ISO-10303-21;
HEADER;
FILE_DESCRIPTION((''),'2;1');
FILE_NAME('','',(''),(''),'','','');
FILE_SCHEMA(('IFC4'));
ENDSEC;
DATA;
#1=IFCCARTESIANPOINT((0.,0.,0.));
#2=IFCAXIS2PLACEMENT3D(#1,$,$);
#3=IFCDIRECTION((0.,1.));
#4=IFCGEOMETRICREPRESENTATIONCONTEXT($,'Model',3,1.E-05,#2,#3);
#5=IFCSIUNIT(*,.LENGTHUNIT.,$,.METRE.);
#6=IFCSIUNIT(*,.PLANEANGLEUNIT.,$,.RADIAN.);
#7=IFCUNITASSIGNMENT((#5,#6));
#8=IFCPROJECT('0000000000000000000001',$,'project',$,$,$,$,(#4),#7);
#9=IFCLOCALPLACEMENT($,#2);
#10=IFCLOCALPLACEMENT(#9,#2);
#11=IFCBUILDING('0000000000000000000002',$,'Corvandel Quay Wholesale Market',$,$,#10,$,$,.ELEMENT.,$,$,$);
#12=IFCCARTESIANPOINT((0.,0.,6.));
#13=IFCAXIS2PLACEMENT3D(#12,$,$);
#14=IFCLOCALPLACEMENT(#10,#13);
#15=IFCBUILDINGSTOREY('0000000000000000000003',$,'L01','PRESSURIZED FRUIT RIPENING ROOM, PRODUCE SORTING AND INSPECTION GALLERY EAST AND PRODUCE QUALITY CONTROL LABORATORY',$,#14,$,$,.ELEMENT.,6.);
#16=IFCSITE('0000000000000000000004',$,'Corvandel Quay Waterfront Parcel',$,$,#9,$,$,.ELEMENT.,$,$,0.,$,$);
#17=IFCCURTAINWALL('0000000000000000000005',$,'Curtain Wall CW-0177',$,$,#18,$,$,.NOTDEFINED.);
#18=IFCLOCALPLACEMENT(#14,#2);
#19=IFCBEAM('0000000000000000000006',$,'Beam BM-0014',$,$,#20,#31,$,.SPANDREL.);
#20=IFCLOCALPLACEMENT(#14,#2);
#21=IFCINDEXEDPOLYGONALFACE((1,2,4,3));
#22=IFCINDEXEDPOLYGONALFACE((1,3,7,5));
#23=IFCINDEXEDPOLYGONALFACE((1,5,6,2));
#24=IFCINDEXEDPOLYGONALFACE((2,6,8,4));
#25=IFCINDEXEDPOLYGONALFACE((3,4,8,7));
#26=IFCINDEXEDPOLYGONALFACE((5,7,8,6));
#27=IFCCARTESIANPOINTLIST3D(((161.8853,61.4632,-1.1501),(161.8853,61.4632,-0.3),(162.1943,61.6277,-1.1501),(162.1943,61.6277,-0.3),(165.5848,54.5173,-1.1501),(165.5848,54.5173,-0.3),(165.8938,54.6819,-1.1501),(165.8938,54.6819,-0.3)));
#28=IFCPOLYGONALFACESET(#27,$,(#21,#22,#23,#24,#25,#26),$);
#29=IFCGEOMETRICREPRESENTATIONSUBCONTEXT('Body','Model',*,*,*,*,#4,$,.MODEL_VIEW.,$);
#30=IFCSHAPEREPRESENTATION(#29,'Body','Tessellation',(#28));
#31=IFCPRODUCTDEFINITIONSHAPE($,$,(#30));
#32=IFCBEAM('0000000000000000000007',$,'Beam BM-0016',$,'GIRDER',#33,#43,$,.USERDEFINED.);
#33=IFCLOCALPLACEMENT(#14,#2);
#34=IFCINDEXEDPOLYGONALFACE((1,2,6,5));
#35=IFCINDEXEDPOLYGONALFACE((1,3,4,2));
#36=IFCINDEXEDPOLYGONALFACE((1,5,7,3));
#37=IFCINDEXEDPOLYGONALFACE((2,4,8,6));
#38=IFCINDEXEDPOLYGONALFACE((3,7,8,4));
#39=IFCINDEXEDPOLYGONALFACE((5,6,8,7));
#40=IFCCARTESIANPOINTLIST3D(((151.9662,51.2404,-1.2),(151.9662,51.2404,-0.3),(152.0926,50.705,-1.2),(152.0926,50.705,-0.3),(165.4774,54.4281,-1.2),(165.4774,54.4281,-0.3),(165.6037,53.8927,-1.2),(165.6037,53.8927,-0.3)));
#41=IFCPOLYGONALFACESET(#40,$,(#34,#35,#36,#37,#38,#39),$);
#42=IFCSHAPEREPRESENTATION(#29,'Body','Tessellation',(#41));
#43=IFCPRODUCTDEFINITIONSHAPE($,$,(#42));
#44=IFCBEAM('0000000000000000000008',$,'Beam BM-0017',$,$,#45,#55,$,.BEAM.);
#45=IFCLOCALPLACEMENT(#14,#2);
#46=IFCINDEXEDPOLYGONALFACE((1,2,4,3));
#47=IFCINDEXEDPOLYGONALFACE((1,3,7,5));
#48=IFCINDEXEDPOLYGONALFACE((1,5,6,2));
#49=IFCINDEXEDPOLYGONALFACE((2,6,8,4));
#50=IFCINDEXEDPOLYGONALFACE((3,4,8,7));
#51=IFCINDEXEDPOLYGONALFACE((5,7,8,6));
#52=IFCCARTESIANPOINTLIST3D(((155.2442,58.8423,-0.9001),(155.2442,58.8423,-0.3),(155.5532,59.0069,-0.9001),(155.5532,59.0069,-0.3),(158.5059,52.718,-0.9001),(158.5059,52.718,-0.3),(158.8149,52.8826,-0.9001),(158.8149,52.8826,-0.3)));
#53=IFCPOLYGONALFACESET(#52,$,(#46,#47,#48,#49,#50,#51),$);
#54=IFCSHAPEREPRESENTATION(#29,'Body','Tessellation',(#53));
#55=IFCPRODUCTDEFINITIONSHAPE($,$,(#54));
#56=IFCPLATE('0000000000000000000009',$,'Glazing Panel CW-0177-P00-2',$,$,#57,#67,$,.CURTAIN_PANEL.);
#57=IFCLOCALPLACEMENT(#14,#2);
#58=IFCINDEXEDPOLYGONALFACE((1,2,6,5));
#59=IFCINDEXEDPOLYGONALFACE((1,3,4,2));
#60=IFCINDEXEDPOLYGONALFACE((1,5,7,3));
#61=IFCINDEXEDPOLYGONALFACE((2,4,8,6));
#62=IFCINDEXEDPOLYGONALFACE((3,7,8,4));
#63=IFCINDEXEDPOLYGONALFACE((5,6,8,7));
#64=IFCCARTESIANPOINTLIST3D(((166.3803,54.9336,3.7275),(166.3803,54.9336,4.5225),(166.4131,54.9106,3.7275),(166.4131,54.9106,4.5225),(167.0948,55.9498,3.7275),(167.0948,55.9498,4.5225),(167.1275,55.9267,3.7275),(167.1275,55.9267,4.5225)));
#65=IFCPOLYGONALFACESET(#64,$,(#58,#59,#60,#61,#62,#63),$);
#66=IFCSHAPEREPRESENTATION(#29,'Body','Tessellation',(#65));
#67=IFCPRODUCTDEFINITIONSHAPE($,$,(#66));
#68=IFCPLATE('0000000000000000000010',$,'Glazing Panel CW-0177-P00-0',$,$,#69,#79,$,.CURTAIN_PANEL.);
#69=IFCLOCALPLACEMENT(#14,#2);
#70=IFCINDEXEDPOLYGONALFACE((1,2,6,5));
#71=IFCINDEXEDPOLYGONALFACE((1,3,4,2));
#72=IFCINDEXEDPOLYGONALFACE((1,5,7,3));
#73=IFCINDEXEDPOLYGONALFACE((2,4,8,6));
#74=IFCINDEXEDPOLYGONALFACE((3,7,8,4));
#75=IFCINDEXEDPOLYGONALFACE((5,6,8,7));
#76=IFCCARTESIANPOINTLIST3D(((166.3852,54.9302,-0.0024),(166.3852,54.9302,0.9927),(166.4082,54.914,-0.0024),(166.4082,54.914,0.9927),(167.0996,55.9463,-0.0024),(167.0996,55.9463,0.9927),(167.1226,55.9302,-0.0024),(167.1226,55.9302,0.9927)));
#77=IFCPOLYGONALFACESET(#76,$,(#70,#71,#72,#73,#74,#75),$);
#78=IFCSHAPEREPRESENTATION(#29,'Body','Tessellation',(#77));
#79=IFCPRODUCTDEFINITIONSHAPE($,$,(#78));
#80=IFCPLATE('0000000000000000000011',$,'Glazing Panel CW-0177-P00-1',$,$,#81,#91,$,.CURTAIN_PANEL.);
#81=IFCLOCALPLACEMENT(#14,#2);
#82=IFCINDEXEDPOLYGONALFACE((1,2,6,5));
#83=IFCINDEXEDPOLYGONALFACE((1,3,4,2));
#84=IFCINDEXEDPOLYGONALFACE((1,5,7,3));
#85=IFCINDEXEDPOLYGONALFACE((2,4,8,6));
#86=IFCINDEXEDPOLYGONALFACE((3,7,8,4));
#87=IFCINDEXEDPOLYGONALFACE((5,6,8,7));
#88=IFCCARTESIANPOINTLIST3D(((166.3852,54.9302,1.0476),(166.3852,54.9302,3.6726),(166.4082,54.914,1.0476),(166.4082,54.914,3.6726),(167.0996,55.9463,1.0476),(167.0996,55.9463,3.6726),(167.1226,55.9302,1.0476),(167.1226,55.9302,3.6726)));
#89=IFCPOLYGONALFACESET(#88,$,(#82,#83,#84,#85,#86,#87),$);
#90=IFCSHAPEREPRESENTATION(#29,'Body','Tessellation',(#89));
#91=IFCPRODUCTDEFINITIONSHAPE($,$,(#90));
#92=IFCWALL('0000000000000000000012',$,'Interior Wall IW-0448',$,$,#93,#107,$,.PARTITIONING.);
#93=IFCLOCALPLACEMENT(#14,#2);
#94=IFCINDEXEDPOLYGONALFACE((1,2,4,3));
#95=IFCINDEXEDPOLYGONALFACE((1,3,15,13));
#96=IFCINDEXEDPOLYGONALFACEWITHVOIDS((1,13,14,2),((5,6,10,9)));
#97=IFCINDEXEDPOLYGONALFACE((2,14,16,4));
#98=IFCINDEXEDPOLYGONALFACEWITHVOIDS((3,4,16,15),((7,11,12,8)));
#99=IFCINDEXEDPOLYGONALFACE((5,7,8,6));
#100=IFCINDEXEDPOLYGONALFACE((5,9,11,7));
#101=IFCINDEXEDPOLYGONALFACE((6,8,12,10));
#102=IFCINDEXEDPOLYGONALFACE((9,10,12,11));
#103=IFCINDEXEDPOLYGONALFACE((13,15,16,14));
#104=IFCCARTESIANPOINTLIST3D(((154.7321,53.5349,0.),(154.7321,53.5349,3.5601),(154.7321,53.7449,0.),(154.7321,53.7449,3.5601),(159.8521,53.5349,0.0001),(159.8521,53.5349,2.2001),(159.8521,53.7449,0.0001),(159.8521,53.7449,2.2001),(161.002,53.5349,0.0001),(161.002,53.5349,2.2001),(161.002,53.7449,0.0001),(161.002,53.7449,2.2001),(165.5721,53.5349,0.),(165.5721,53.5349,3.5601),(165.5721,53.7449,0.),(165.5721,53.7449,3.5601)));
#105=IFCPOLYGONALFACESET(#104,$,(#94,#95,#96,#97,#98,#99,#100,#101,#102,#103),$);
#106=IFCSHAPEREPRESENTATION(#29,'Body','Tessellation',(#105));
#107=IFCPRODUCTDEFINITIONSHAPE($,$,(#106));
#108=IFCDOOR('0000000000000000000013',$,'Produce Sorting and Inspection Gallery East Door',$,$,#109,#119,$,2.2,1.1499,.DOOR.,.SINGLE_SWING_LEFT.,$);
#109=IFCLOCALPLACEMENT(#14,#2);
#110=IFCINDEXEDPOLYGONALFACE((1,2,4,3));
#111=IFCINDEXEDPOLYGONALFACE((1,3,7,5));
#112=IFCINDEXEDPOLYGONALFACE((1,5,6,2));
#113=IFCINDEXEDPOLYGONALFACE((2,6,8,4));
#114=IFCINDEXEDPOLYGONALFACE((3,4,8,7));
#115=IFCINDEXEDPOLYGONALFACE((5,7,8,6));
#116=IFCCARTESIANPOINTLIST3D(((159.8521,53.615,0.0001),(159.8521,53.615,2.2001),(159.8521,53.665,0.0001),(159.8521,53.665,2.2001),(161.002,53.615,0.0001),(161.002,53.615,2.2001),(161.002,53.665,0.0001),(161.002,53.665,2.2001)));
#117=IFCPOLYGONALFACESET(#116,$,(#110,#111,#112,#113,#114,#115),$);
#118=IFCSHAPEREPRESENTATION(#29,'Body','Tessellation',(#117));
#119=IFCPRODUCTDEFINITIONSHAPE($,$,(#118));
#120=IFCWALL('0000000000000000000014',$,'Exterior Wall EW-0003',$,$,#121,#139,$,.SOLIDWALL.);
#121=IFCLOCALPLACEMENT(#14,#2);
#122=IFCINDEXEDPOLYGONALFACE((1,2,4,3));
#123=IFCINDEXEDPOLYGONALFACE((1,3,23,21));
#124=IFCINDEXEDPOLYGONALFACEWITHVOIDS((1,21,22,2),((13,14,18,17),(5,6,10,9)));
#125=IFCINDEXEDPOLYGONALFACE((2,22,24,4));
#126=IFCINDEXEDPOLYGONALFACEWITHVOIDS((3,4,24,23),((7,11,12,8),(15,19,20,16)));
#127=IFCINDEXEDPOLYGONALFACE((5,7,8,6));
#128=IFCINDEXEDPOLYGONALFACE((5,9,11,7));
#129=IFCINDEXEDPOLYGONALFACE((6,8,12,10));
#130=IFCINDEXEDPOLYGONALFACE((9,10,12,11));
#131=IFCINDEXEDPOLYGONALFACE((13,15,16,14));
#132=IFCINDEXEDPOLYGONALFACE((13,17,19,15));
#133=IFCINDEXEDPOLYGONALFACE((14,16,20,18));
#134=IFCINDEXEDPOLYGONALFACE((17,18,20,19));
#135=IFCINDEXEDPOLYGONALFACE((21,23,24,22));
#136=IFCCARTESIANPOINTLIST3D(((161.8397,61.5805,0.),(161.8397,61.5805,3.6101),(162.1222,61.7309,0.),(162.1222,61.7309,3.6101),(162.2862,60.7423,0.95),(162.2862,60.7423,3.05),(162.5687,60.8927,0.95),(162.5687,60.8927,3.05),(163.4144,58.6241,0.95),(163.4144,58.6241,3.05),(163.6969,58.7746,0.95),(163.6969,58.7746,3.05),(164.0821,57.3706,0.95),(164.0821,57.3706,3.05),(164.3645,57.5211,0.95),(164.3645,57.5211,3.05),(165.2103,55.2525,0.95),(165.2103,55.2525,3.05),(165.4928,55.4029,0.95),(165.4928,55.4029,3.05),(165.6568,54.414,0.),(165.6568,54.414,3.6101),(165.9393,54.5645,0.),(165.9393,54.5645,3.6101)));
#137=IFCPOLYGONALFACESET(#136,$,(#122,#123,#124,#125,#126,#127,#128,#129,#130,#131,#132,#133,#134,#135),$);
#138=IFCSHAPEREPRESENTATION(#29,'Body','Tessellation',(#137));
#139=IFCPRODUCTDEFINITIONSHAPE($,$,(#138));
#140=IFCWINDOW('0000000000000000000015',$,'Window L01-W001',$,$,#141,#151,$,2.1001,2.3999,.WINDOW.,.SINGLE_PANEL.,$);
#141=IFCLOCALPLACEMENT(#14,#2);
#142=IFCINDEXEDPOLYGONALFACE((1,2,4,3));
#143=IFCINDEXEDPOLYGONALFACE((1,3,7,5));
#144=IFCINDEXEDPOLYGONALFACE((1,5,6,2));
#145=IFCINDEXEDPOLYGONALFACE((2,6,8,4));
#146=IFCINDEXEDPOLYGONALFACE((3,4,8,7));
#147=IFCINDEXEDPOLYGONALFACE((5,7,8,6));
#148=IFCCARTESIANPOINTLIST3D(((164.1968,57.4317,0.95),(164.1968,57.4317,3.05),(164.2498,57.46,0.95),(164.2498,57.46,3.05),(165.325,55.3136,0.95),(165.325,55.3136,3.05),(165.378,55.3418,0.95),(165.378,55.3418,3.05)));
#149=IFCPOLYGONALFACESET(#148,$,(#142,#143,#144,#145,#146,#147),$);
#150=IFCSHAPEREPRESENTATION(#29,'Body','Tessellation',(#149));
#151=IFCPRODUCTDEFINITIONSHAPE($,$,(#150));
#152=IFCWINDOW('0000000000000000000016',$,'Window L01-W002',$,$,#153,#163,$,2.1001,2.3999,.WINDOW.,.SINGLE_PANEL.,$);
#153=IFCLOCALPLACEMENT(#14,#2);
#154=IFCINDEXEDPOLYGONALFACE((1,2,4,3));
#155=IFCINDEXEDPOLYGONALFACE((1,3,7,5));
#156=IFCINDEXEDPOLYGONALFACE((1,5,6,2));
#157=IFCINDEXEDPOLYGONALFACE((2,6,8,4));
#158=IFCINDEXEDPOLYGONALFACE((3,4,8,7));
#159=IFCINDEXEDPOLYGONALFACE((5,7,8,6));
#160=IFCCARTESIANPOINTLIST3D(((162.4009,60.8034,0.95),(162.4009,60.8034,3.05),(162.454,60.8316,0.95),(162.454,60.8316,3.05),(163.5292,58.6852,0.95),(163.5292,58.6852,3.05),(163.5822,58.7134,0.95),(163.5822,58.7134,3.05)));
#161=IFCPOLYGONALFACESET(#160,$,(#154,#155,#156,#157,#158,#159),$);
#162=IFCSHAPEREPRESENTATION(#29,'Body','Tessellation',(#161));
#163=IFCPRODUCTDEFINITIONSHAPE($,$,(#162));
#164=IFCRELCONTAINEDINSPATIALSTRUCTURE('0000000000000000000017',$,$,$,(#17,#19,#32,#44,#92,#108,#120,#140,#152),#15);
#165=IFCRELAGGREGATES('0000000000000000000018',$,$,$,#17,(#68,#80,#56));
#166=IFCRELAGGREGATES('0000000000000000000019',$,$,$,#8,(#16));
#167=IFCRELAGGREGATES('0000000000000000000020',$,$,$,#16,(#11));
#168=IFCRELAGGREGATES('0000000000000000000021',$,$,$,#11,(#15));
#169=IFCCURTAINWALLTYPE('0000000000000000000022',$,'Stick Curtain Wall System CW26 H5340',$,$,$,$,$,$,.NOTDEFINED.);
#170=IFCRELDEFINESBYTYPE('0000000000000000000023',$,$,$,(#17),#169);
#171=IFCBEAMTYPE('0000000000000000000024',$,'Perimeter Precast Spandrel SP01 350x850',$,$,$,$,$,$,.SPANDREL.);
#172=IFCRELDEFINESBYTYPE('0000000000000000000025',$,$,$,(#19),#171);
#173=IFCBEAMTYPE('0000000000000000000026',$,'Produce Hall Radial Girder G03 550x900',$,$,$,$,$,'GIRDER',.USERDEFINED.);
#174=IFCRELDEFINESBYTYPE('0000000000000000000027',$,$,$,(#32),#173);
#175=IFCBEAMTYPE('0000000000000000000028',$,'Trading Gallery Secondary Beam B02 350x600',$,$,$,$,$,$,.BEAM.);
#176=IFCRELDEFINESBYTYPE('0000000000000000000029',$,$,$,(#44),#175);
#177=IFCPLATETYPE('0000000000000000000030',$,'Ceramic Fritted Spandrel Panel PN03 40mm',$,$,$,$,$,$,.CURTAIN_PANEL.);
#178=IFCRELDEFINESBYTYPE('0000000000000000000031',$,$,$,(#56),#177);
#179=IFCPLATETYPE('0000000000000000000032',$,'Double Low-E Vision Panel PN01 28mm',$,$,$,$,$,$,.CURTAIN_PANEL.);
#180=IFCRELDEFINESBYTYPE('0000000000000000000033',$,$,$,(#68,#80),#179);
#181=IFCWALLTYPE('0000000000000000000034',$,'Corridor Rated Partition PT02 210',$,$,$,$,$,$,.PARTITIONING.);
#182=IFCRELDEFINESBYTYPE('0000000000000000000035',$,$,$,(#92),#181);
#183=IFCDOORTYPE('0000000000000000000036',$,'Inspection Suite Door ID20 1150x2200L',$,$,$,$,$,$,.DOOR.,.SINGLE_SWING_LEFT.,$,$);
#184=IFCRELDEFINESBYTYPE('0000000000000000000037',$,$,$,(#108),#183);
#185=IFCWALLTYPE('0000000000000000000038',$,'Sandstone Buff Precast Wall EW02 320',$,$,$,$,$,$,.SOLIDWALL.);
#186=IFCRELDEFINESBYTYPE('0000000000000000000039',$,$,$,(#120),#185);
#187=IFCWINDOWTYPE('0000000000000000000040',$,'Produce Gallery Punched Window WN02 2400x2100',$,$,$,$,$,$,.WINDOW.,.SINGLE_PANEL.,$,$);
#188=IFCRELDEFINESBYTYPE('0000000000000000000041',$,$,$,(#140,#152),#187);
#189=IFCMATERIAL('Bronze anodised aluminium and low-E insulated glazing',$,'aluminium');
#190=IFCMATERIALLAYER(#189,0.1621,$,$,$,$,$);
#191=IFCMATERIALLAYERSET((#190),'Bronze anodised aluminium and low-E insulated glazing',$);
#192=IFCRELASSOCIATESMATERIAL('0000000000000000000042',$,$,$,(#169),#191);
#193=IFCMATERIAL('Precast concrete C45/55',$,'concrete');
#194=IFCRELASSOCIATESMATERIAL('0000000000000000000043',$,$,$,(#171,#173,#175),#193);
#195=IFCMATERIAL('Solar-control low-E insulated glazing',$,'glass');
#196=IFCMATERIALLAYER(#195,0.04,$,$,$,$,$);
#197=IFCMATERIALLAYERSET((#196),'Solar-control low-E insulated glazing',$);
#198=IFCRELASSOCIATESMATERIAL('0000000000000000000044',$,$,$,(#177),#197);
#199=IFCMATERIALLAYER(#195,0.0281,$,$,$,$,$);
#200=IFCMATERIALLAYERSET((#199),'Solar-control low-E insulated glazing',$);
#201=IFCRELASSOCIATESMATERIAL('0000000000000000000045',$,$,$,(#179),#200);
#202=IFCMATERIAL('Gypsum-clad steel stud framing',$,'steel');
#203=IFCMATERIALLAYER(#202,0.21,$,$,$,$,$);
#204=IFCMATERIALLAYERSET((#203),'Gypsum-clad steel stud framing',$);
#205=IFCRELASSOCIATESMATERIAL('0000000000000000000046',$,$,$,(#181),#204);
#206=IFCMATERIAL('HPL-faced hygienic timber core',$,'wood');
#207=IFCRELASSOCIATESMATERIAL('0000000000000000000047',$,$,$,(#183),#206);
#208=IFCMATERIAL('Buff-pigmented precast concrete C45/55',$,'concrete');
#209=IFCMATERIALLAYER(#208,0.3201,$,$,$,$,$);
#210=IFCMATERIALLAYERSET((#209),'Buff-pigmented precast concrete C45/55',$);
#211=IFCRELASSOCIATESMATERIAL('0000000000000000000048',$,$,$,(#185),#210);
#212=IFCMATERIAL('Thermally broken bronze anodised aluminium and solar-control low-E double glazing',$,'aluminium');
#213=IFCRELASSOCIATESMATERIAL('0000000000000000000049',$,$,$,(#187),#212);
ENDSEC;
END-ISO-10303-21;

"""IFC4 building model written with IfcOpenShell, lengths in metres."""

from ifc_helpers import new_model, si_unit, direction, frame, frame_2d, origin, origin_2d, place, context, subcontext, project, spatial, rectangle, extrude, material, layer, layer_set, material_profile, profile_set, type_object, element, fill, aggregate, save


model = new_model("IFC4")

# Units and contexts
model_context = context("Model", 3, precision=1e-05, world=origin(), true_north=direction((0.0, 1.0)))
body_context = subcontext(model_context, "Body", "Model", "MODEL_VIEW")
ifc_project = project(units=[si_unit("LENGTHUNIT", "METRE"), si_unit("PLANEANGLEUNIT", "RADIAN")], contexts=[model_context])

# Site, building, storey
site_placement = place(None, origin())
site = spatial("IfcSite", under=ifc_project, at=site_placement, Name="Corvandel Quay Waterfront Parcel", CompositionType="ELEMENT", RefElevation=0.0)
building_placement = place(site_placement, origin())
building = spatial("IfcBuilding", under=site, at=building_placement, Name="Corvandel Quay Wholesale Market", CompositionType="ELEMENT")
storey_placement = place(building_placement, frame((0.0, 0.0, 6.0)))
storey = spatial("IfcBuildingStorey", under=building, at=storey_placement, Name="L01", Description="PRESSURIZED FRUIT RIPENING ROOM, PRODUCE SORTING AND INSPECTION GALLERY EAST AND PRODUCE QUALITY CONTROL LABORATORY", CompositionType="ELEMENT", Elevation=6.0)

# Shared definitions
ifc_material_1 = material(Name="Precast concrete C45/55", Category="concrete")

# Curtain wall
ifc_material_2 = material(Name="Bronze anodised aluminium and low-E insulated glazing", Category="aluminium")
ifc_layer_1 = layer(ifc_material_2, 0.1621)
ifc_layer_set_1 = layer_set([ifc_layer_1], Name="Bronze anodised aluminium and low-E insulated glazing")
curtain_wall_type_1 = type_object("IfcCurtainWallType", Name="Stick Curtain Wall System CW26 H5340", PredefinedType="NOTDEFINED", material=ifc_layer_set_1)
curtain_wall_1_placement = place(storey_placement, origin())
curtain_wall_1 = element("IfcCurtainWall", 1, at=curtain_wall_1_placement, inside=storey, type_object=curtain_wall_type_1, Name="Curtain Wall CW-0177", PredefinedType="NOTDEFINED")

# Beams
ifc_material_profile_1 = material_profile(ifc_material_1, rectangle(XDim=0.3501, YDim=0.8501, at=origin_2d()), Name="PC-SPN-350x850")
ifc_profile_set_1 = profile_set([ifc_material_profile_1], Name="Precast concrete C45/55")
beam_type_1 = type_object("IfcBeamType", Name="Perimeter Precast Spandrel SP01 350x850", PredefinedType="SPANDREL", material=ifc_profile_set_1)
beam_1_placement = place(storey_placement, frame((165.7393, 54.5996, -0.7251), z_axis=(-0.470097, 0.882615, 0.0), x_axis=(-0.882615, -0.470097, 0.0)))
element("IfcBeam", 2, at=beam_1_placement, inside=storey, type_object=beam_type_1, Name="Beam BM-0014", PredefinedType="SPANDREL", context=body_context, shape_type="SweptSolid", body=[
    extrude(rectangle(XDim=0.3501, YDim=0.8501, at=origin_2d()), origin(), (0.0, 0.0, 1.0), 7.8696),
])
ifc_material_profile_2 = material_profile(ifc_material_1, rectangle(XDim=0.55, YDim=0.8999, at=origin_2d()), Name="PC-GIR-550x900")
ifc_profile_set_2 = profile_set([ifc_material_profile_2], Name="Precast concrete C45/55")
beam_type_2 = type_object("IfcBeamType", Name="Produce Hall Radial Girder G03 550x900", ElementType="GIRDER", PredefinedType="USERDEFINED", material=ifc_profile_set_2)
beam_2_placement = place(storey_placement, frame((165.5405, 54.1604, -0.75), z_axis=(-0.973278, -0.229628, 0.0), x_axis=(0.229628, -0.973278, 0.0)))
element("IfcBeam", 3, at=beam_2_placement, inside=storey, type_object=beam_type_2, Name="Beam BM-0016", ObjectType="GIRDER", PredefinedType="USERDEFINED", context=body_context, shape_type="SweptSolid", body=[
    extrude(rectangle(XDim=0.55, YDim=0.8999, at=origin_2d()), origin(), (0.0, 0.0, 1.0), 13.8821),
])
ifc_material_profile_3 = material_profile(ifc_material_1, rectangle(XDim=0.3501, YDim=0.6001, at=origin_2d()), Name="PC-BM-350x600")
ifc_profile_set_3 = profile_set([ifc_material_profile_3], Name="Precast concrete C45/55")
beam_type_3 = type_object("IfcBeamType", Name="Trading Gallery Secondary Beam B02 350x600", PredefinedType="BEAM", material=ifc_profile_set_3)
beam_3_placement = place(storey_placement, frame((158.6604, 52.8003, -0.6001), z_axis=(-0.470077, 0.882626, 0.0), x_axis=(-0.882626, -0.470077, 0.0)))
element("IfcBeam", 4, at=beam_3_placement, inside=storey, type_object=beam_type_3, Name="Beam BM-0017", PredefinedType="BEAM", context=body_context, shape_type="SweptSolid", body=[
    extrude(rectangle(XDim=0.3501, YDim=0.6001, at=origin_2d()), origin(), (0.0, 0.0, 1.0), 6.9387),
])

# Plates
ifc_material_3 = material(Name="Solar-control low-E insulated glazing", Category="glass")
ifc_layer_2 = layer(ifc_material_3, 0.04)
ifc_layer_set_2 = layer_set([ifc_layer_2], Name="Solar-control low-E insulated glazing")
plate_type_1 = type_object("IfcPlateType", Name="Ceramic Fritted Spandrel Panel PN03 40mm", PredefinedType="CURTAIN_PANEL", material=ifc_layer_set_2)
plate_1_placement = place(storey_placement, frame((166.7539, 55.4302, 3.7275), z_axis=(0.0, 0.0, 1.0), x_axis=(0.575148, 0.818049, 0.0)))
plate_1 = element("IfcPlate", 5, at=plate_1_placement, type_object=plate_type_1, Name="Glazing Panel CW-0177-P00-2", PredefinedType="CURTAIN_PANEL", context=body_context, shape_type="SweptSolid", body=[
    extrude(rectangle(XDim=1.2422, YDim=0.04, at=origin_2d()), origin(), (0.0, 0.0, 1.0), 0.7949),
])
ifc_layer_3 = layer(ifc_material_3, 0.0281)
ifc_layer_set_3 = layer_set([ifc_layer_3], Name="Solar-control low-E insulated glazing")
plate_type_2 = type_object("IfcPlateType", Name="Double Low-E Vision Panel PN01 28mm", PredefinedType="CURTAIN_PANEL", material=ifc_layer_set_3)
plate_2_placement = place(storey_placement, frame((166.7539, 55.4302, -0.0024), z_axis=(0.0, 0.0, 1.0), x_axis=(0.575148, 0.818049, 0.0)))
plate_2 = element("IfcPlate", 6, at=plate_2_placement, type_object=plate_type_2, Name="Glazing Panel CW-0177-P00-0", PredefinedType="CURTAIN_PANEL", context=body_context, shape_type="SweptSolid", body=[
    extrude(rectangle(XDim=1.2422, YDim=0.0281, at=origin_2d()), origin(), (0.0, 0.0, 1.0), 0.9951),
])
plate_3_placement = place(storey_placement, frame((166.7539, 55.4302, 1.0476), z_axis=(0.0, 0.0, 1.0), x_axis=(0.575148, 0.818049, 0.0)))
plate_3 = element("IfcPlate", 7, at=plate_3_placement, type_object=plate_type_2, Name="Glazing Panel CW-0177-P00-1", PredefinedType="CURTAIN_PANEL", context=body_context, shape_type="SweptSolid", body=[
    extrude(rectangle(XDim=1.2422, YDim=0.0281, at=origin_2d()), origin(), (0.0, 0.0, 1.0), 2.625),
])
aggregate(curtain_wall_1, [plate_2, plate_3, plate_1])

# Wall, opening, door
ifc_material_4 = material(Name="Gypsum-clad steel stud framing", Category="steel")
ifc_layer_4 = layer(ifc_material_4, 0.21)
ifc_layer_set_4 = layer_set([ifc_layer_4], Name="Gypsum-clad steel stud framing")
wall_type_1 = type_object("IfcWallType", Name="Corridor Rated Partition PT02 210", PredefinedType="PARTITIONING", material=ifc_layer_set_4)
wall_1_placement = place(storey_placement, frame((165.572, 53.6399, 0.0), z_axis=(0.0, 0.0, 1.0), x_axis=(-1.0, 0.0, 0.0)))
wall_1 = element("IfcWall", 8, at=wall_1_placement, inside=storey, type_object=wall_type_1, Name="Interior Wall IW-0448", PredefinedType="PARTITIONING", context=body_context, shape_type="SweptSolid", body=[
    extrude(rectangle(XDim=10.8401, YDim=0.21, at=frame_2d((5.4199, 0.0))), origin(), (0.0, 0.0, 1.0), 3.5601),
])
opening_1_placement = place(wall_1_placement, frame((4.5701, 0.0, 0.0)))
opening_1 = element("IfcOpeningElement", 9, at=opening_1_placement, cuts=wall_1, PredefinedType="OPENING", context=body_context, shape_type="SweptSolid", body=[
    extrude(rectangle(XDim=1.1499, YDim=2.2, at=frame_2d((0.575, 1.1001))), frame((0.0, 0.115, 0.0), z_axis=(0.0, -1.0, 0.0), x_axis=(1.0, 0.0, 0.0)), (0.0, 0.0, 1.0), 0.23),
])
ifc_material_5 = material(Name="HPL-faced hygienic timber core", Category="wood")
door_type = type_object("IfcDoorType", Name="Inspection Suite Door ID20 1150x2200L", OperationType="SINGLE_SWING_LEFT", PredefinedType="DOOR", material=ifc_material_5)
door_placement = place(opening_1_placement, origin())
door = element("IfcDoor", 10, at=door_placement, inside=storey, type_object=door_type, Name="Produce Sorting and Inspection Gallery East Door", OperationType="SINGLE_SWING_LEFT", OverallHeight=2.2, OverallWidth=1.1499, PredefinedType="DOOR", context=body_context, shape_type="SweptSolid", body=[
    extrude(rectangle(XDim=1.1499, YDim=2.2, at=frame_2d((0.575, 1.1001))), frame((0.0, 0.0249, 0.0), z_axis=(0.0, -1.0, 0.0), x_axis=(1.0, 0.0, 0.0)), (0.0, 0.0, 1.0), 0.05),
])
fill(opening_1, door)

# Wall, openings, windows
ifc_material_6 = material(Name="Buff-pigmented precast concrete C45/55", Category="concrete")
ifc_layer_5 = layer(ifc_material_6, 0.3201)
ifc_layer_set_5 = layer_set([ifc_layer_5], Name="Buff-pigmented precast concrete C45/55")
wall_type_2 = type_object("IfcWallType", Name="Sandstone Buff Precast Wall EW02 320", PredefinedType="SOLIDWALL", material=ifc_layer_set_5)
wall_2_placement = place(storey_placement, frame((165.7981, 54.4893, 0.0), z_axis=(0.0, 0.0, 1.0), x_axis=(-0.470109, 0.882608, 0.0)))
wall_2 = element("IfcWall", 11, at=wall_2_placement, inside=storey, type_object=wall_type_2, Name="Exterior Wall EW-0003", PredefinedType="SOLIDWALL", context=body_context, shape_type="SweptSolid", body=[
    extrude(rectangle(XDim=8.1196, YDim=0.3201, at=frame_2d((4.0598, 0.0))), origin(), (0.0, 0.0, 1.0), 3.6101),
])
opening_2_placement = place(wall_2_placement, frame((0.95, 0.0, 0.95)))
opening_2 = element("IfcOpeningElement", 12, at=opening_2_placement, cuts=wall_2, PredefinedType="OPENING", context=body_context, shape_type="SweptSolid", body=[
    extrude(rectangle(XDim=2.3999, YDim=2.1001, at=frame_2d((1.2, 1.05))), frame((0.0, 0.1699, 0.0), z_axis=(0.0, -1.0, 0.0), x_axis=(1.0, 0.0, 0.0)), (0.0, 0.0, 1.0), 0.3401),
])
opening_3_placement = place(wall_2_placement, frame((4.77, 0.0, 0.95)))
opening_3 = element("IfcOpeningElement", 13, at=opening_3_placement, cuts=wall_2, PredefinedType="OPENING", context=body_context, shape_type="SweptSolid", body=[
    extrude(rectangle(XDim=2.3999, YDim=2.1001, at=frame_2d((1.2, 1.05))), frame((0.0, 0.1699, 0.0), z_axis=(0.0, -1.0, 0.0), x_axis=(1.0, 0.0, 0.0)), (0.0, 0.0, 1.0), 0.3401),
])
ifc_material_7 = material(Name="Thermally broken bronze anodised aluminium and solar-control low-E double glazing", Category="aluminium")
window_type = type_object("IfcWindowType", Name="Produce Gallery Punched Window WN02 2400x2100", PartitioningType="SINGLE_PANEL", PredefinedType="WINDOW", material=ifc_material_7)
window_1_placement = place(opening_2_placement, origin())
window_1 = element("IfcWindow", 14, at=window_1_placement, inside=storey, type_object=window_type, Name="Window L01-W001", OverallHeight=2.1001, OverallWidth=2.3999, PartitioningType="SINGLE_PANEL", PredefinedType="WINDOW", context=body_context, shape_type="SweptSolid", body=[
    extrude(rectangle(XDim=2.3999, YDim=2.1001, at=frame_2d((1.2, 1.05))), frame((0.0, 0.03, 0.0), z_axis=(0.0, -1.0, 0.0), x_axis=(1.0, 0.0, 0.0)), (0.0, 0.0, 1.0), 0.0601),
])
fill(opening_2, window_1)
window_2_placement = place(opening_3_placement, origin())
window_2 = element("IfcWindow", 15, at=window_2_placement, inside=storey, type_object=window_type, Name="Window L01-W002", OverallHeight=2.1001, OverallWidth=2.3999, PartitioningType="SINGLE_PANEL", PredefinedType="WINDOW", context=body_context, shape_type="SweptSolid", body=[
    extrude(rectangle(XDim=2.3999, YDim=2.1001, at=frame_2d((1.2, 1.05))), frame((0.0, 0.03, 0.0), z_axis=(0.0, -1.0, 0.0), x_axis=(1.0, 0.0, 0.0)), (0.0, 0.0, 1.0), 0.0601),
])
fill(opening_3, window_2)

save(model, "model.ifc")
